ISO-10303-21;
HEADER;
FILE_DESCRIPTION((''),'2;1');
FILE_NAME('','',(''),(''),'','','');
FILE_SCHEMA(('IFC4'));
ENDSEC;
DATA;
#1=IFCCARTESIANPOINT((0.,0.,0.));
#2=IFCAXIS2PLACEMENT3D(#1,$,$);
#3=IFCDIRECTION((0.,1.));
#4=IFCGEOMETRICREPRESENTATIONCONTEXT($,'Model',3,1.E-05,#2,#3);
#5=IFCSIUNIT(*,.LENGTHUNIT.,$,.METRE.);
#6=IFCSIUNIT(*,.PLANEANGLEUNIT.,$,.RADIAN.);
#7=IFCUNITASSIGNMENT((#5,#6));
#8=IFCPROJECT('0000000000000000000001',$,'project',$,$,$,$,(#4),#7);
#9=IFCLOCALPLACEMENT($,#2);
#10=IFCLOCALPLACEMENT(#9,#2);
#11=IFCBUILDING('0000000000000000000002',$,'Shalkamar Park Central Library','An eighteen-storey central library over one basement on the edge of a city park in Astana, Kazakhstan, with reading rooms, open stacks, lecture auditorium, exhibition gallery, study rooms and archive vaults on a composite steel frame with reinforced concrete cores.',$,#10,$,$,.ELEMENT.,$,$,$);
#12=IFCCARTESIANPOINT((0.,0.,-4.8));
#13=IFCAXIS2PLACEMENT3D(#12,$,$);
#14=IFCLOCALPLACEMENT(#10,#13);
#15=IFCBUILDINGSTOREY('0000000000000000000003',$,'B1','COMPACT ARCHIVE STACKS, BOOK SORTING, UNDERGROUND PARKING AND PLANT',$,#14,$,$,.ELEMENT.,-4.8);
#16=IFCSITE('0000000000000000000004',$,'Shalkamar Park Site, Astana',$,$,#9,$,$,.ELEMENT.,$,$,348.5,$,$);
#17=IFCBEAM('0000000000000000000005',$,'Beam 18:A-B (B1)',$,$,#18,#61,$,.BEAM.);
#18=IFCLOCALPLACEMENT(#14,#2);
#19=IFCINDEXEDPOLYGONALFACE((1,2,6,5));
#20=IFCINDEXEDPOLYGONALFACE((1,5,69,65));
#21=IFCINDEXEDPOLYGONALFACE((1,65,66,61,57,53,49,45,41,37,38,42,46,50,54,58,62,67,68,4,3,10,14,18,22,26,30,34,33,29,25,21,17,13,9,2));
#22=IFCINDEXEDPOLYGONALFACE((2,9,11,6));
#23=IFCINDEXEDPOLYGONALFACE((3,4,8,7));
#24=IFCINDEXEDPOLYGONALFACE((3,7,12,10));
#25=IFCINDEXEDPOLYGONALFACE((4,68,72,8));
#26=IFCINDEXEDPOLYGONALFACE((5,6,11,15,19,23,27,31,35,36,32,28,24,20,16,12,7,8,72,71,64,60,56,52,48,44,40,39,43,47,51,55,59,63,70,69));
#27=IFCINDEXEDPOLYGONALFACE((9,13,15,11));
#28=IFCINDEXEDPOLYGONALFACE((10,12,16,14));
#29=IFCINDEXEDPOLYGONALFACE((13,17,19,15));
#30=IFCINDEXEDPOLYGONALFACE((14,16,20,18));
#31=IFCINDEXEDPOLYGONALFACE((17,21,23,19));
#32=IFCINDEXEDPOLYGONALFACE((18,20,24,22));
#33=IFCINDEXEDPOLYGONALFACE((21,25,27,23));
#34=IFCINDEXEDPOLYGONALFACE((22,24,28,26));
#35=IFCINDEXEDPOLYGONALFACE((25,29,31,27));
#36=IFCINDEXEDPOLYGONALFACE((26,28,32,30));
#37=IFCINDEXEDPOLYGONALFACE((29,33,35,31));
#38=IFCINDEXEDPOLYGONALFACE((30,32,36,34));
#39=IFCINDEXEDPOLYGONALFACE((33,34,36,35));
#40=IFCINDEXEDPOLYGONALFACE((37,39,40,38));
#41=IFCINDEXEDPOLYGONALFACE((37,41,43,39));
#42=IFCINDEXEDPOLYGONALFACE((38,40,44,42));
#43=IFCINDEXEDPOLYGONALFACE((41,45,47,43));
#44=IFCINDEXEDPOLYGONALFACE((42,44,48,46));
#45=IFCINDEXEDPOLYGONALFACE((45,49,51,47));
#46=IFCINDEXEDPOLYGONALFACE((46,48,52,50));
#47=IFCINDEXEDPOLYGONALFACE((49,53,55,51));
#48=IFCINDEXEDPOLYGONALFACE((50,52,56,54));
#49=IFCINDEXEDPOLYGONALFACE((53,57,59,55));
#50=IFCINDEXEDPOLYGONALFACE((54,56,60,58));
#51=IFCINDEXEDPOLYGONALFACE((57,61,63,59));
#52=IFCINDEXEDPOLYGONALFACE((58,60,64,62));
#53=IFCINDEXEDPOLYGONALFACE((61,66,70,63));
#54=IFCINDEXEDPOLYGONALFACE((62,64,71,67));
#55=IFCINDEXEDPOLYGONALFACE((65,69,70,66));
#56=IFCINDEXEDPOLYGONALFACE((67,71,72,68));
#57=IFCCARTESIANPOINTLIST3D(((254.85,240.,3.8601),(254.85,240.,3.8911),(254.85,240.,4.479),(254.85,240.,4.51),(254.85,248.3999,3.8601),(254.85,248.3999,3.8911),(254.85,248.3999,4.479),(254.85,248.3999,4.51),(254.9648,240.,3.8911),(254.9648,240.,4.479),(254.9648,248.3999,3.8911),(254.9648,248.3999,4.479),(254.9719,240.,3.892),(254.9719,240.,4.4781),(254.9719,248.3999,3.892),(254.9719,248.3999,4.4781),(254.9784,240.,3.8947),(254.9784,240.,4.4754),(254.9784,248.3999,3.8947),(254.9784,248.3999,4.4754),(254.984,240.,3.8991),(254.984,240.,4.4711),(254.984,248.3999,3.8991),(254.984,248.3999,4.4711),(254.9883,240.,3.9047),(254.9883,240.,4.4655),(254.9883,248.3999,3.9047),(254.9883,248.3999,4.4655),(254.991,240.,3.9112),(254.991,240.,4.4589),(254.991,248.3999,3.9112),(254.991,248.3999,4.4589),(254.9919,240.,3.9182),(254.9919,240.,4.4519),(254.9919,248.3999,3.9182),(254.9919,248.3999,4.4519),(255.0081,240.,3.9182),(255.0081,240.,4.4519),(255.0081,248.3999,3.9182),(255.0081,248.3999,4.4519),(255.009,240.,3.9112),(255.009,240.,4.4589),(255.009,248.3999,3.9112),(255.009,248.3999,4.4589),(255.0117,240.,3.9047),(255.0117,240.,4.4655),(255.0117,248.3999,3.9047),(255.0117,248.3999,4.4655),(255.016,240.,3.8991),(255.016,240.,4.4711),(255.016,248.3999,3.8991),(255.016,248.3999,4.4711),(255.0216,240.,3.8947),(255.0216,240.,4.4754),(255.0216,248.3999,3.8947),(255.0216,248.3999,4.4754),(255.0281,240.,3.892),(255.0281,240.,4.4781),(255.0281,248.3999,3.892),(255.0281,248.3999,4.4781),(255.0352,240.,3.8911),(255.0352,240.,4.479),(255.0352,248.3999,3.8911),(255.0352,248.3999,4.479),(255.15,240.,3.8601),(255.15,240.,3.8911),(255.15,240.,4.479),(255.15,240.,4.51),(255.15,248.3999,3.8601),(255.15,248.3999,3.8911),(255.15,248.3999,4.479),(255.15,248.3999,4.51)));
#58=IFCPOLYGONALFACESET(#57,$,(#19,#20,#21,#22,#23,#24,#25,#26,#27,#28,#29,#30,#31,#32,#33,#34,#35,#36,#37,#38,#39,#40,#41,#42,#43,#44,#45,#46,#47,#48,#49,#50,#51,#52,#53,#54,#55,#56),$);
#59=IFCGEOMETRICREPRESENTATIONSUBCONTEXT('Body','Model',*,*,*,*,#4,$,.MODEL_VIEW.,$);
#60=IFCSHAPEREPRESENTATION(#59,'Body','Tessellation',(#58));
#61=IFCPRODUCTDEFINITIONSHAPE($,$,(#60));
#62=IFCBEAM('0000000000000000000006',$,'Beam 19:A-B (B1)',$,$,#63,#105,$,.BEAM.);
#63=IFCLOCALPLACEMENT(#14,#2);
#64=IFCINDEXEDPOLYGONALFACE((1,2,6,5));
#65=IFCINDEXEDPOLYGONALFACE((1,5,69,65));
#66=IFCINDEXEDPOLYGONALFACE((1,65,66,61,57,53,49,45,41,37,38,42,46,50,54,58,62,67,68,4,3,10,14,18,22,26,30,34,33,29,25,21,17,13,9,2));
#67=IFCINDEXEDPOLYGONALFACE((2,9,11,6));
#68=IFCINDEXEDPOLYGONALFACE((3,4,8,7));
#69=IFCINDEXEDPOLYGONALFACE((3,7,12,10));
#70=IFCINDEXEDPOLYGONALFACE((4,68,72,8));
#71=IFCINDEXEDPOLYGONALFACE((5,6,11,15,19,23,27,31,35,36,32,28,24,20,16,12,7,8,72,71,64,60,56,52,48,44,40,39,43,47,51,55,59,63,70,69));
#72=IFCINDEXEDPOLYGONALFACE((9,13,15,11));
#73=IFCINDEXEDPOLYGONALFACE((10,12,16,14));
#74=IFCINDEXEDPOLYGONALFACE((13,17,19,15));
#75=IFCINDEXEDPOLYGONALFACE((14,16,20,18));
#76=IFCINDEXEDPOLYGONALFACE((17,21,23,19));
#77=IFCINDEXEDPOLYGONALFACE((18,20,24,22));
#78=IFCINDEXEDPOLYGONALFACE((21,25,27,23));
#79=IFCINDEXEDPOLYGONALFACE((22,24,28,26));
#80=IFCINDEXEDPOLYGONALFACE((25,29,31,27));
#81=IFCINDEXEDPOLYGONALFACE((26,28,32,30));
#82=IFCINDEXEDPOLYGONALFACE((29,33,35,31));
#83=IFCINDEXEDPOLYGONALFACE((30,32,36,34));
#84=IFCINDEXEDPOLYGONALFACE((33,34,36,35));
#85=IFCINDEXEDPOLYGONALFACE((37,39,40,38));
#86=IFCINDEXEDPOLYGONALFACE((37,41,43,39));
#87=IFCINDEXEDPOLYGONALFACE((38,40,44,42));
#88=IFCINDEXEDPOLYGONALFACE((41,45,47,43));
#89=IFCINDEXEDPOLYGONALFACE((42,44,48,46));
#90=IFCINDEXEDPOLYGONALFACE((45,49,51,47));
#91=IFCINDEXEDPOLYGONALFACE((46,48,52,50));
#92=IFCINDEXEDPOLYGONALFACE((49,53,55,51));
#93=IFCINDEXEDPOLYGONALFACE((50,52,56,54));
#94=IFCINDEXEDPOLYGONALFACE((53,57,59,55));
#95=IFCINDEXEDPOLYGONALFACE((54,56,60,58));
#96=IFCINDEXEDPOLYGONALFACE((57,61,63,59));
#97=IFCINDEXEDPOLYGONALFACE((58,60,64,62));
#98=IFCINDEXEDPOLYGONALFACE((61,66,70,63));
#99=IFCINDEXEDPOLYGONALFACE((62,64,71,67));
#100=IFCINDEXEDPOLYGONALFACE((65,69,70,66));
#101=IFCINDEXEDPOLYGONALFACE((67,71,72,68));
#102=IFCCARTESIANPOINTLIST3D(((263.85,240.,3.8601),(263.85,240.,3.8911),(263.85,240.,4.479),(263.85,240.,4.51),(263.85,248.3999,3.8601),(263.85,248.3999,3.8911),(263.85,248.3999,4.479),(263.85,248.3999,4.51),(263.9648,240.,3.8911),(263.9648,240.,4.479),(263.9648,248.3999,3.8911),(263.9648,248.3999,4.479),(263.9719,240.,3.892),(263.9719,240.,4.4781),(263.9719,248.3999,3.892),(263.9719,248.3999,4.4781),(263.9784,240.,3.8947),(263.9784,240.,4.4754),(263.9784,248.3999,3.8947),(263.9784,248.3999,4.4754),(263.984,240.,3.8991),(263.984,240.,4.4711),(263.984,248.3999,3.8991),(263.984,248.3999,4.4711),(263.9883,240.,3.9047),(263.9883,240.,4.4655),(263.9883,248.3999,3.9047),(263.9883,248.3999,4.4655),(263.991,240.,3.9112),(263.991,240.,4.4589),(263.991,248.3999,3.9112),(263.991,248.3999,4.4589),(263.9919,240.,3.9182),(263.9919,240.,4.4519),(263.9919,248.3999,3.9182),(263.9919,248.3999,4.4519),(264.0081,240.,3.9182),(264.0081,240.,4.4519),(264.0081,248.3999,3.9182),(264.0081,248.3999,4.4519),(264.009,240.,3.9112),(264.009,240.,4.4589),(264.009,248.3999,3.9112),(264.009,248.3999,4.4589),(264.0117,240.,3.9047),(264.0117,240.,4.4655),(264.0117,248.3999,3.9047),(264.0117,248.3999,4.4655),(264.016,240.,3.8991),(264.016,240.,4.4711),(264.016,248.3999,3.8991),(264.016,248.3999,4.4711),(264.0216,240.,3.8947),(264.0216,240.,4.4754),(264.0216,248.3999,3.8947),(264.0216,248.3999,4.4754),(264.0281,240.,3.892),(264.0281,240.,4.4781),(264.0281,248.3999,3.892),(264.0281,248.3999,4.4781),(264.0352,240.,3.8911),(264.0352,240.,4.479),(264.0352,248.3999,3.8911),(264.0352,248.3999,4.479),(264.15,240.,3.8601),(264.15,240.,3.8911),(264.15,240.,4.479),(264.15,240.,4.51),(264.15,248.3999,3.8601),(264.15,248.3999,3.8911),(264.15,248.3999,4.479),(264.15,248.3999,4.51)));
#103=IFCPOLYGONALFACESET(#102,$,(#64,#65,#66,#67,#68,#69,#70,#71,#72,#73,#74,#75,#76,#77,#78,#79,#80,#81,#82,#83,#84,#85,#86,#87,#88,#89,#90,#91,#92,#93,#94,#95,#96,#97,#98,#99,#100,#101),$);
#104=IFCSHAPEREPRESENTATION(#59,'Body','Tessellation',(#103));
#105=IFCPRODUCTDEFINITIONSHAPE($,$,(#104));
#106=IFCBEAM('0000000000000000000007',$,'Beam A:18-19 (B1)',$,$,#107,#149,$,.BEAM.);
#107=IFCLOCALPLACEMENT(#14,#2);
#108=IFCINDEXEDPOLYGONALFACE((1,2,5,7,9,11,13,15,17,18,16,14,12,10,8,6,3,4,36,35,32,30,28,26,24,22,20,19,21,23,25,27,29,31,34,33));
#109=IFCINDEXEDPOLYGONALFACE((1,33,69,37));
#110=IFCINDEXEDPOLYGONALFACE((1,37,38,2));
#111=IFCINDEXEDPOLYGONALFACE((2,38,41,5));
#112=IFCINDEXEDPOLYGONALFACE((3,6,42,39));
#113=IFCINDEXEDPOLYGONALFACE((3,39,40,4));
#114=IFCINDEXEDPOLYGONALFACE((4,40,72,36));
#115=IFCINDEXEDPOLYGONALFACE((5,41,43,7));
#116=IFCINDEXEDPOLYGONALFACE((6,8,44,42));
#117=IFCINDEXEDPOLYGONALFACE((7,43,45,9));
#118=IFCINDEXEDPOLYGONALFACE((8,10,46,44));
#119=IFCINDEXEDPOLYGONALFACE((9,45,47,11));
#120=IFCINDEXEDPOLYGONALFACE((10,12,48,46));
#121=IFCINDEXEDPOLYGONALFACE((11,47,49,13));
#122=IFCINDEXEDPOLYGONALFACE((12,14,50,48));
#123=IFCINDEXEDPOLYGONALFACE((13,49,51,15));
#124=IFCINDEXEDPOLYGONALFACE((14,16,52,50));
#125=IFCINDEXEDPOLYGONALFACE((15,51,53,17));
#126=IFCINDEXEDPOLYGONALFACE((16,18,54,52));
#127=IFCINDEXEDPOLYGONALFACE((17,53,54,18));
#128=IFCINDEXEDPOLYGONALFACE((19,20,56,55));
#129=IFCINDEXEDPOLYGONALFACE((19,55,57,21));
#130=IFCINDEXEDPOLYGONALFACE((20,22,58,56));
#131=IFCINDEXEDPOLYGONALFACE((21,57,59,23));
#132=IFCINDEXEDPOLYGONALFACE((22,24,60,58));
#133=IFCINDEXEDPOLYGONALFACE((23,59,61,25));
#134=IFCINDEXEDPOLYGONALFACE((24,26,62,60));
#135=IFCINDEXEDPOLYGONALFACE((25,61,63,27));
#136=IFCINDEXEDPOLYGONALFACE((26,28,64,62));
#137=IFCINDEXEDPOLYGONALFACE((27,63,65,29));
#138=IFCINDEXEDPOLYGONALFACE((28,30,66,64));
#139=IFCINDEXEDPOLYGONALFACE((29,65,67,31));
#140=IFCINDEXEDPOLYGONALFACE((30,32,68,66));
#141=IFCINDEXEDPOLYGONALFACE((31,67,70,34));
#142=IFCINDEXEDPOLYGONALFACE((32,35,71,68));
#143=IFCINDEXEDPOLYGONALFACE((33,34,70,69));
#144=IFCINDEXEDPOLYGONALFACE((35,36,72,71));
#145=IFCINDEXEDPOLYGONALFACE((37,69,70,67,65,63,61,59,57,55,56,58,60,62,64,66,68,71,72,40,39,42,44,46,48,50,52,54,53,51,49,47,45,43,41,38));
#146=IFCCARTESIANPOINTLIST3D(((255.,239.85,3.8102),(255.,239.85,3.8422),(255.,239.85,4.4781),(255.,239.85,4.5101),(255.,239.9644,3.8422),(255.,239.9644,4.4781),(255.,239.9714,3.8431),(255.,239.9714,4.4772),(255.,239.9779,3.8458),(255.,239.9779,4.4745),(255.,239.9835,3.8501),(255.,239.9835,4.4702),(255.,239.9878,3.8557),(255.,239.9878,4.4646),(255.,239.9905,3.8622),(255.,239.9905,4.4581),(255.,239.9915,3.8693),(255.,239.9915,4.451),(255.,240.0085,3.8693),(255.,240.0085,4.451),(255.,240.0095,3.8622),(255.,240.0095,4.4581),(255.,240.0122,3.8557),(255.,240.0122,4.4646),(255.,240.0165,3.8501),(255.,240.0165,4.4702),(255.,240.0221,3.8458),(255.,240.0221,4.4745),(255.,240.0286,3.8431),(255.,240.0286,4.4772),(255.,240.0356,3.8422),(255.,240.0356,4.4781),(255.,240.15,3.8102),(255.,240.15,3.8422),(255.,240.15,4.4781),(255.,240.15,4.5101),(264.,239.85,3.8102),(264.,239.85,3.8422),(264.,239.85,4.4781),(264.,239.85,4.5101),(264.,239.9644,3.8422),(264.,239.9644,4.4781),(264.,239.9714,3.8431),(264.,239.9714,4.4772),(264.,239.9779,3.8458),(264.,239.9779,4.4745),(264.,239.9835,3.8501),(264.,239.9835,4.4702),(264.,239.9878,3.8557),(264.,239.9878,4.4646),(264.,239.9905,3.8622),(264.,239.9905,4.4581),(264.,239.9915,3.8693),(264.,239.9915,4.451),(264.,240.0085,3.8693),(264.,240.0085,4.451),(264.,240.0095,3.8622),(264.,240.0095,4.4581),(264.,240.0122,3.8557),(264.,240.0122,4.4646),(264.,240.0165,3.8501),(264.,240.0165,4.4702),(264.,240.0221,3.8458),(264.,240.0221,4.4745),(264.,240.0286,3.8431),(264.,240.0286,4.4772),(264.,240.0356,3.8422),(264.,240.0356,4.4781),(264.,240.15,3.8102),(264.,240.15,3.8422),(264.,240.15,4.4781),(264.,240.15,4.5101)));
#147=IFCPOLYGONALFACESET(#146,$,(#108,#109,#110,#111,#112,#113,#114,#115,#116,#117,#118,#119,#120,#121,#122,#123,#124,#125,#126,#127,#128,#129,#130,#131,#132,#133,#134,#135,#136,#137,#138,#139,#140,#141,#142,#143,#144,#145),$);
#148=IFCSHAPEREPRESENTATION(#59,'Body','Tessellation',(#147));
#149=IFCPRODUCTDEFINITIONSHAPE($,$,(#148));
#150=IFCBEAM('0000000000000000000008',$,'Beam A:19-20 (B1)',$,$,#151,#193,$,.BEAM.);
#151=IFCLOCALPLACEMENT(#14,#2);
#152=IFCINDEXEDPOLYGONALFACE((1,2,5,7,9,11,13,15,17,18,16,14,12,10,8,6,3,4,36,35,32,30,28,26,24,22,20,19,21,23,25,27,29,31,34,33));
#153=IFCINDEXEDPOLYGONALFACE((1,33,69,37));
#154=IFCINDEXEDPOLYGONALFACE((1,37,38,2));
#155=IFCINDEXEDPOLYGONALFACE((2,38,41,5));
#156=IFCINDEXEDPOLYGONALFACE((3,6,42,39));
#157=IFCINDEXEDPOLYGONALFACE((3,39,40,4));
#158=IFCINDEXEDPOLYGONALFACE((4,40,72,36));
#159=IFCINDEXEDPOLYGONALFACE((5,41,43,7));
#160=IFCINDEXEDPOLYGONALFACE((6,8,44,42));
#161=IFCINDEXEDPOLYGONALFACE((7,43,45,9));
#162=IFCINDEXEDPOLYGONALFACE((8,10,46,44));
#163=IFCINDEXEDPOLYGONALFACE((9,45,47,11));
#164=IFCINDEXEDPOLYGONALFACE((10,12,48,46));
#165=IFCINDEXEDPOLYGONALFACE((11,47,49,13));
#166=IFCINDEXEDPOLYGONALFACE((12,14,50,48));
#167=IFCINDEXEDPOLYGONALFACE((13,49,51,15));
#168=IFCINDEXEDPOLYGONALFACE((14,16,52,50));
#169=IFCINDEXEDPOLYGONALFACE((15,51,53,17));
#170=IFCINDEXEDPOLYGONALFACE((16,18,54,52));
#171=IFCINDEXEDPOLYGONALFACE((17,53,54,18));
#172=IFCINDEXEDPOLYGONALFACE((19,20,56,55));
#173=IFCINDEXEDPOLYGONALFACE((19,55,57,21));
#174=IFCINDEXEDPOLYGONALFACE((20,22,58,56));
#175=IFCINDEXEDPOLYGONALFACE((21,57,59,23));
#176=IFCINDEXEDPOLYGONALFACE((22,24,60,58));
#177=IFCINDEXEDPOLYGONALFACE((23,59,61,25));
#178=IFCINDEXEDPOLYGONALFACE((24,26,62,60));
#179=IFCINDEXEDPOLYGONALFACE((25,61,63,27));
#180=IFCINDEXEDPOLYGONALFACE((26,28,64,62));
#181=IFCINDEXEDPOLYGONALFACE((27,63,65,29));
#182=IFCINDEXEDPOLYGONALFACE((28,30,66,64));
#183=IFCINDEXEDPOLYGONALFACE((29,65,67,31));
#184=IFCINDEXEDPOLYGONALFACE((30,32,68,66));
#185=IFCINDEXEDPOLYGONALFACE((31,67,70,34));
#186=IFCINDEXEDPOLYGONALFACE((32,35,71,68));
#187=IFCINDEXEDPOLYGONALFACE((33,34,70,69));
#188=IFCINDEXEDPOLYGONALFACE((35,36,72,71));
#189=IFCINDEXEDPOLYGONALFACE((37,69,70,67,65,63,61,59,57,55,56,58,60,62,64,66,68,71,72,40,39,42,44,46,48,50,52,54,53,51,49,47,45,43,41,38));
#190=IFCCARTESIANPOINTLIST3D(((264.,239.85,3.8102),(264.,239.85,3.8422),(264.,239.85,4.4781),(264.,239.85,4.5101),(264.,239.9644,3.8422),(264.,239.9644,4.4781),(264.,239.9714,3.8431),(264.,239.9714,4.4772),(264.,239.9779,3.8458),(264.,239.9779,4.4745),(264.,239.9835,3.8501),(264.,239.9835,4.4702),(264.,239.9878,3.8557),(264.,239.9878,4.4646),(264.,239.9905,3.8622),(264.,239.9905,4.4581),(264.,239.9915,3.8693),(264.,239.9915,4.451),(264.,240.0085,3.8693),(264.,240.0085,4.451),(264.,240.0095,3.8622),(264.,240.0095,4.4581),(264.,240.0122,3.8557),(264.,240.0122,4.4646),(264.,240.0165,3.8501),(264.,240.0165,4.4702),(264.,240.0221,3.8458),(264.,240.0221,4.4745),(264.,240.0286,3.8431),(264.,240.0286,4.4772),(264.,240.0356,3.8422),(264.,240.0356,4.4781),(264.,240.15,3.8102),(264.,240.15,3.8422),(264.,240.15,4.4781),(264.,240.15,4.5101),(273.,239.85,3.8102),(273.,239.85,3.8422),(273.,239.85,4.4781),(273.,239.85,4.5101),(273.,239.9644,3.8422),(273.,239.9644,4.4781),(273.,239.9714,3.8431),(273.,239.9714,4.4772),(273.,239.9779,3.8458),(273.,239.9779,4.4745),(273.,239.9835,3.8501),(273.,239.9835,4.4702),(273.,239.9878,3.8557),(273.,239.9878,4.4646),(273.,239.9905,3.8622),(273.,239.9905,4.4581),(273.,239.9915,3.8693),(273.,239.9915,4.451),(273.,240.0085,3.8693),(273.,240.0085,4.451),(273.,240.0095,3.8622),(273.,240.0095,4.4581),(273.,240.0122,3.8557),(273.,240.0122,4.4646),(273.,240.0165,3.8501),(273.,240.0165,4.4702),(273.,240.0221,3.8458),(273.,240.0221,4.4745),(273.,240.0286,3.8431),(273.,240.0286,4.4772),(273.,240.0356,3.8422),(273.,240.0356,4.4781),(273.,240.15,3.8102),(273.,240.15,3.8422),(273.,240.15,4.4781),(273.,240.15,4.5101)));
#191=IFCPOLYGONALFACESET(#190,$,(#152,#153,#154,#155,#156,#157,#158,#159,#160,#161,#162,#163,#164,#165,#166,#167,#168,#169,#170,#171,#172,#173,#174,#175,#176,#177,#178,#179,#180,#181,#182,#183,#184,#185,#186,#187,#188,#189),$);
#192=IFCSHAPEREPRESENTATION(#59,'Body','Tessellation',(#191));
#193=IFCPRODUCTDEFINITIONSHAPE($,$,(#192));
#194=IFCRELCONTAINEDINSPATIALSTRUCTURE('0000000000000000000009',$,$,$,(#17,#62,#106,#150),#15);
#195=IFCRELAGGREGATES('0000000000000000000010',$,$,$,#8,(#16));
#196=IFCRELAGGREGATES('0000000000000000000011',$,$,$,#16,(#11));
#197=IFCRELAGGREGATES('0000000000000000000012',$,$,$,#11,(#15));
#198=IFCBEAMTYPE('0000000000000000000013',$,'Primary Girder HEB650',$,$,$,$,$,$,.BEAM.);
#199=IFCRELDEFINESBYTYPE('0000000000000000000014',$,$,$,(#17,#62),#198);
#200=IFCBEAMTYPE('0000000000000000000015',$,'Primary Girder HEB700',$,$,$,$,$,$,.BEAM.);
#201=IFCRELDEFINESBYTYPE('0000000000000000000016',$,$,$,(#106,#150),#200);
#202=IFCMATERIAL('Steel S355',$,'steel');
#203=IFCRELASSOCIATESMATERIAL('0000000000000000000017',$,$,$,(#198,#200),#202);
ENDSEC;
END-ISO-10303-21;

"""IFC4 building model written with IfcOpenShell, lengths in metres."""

from ifc_helpers import new_model, si_unit, direction, frame, origin, origin_2d, place, context, subcontext, project, spatial, i_section, extrude, material, material_profile, profile_set, type_object, element, save


model = new_model("IFC4")

# Units and contexts
model_context = context("Model", 3, precision=1e-05, world=origin(), true_north=direction((0.0, 1.0)))
body_context = subcontext(model_context, "Body", "Model", "MODEL_VIEW")
ifc_project = project(units=[si_unit("LENGTHUNIT", "METRE"), si_unit("PLANEANGLEUNIT", "RADIAN")], contexts=[model_context])

# Site, building, storey
site_placement = place(None, origin())
site = spatial("IfcSite", under=ifc_project, at=site_placement, Name="Shalkamar Park Site, Astana", CompositionType="ELEMENT", RefElevation=348.5)
building_placement = place(site_placement, origin())
building = spatial("IfcBuilding", under=site, at=building_placement, Name="Shalkamar Park Central Library", Description="An eighteen-storey central library over one basement on the edge of a city park in Astana, Kazakhstan, with reading rooms, open stacks, lecture auditorium, exhibition gallery, study rooms and archive vaults on a composite steel frame with reinforced concrete cores.", CompositionType="ELEMENT")
storey_placement = place(building_placement, frame((0.0, 0.0, -4.8)))
storey = spatial("IfcBuildingStorey", under=building, at=storey_placement, Name="B1", Description="COMPACT ARCHIVE STACKS, BOOK SORTING, UNDERGROUND PARKING AND PLANT", CompositionType="ELEMENT", Elevation=-4.8)

# Beams
ifc_material_1 = material(Name="Steel S355", Category="steel")
ifc_material_profile_1 = material_profile(ifc_material_1, i_section(OverallWidth=0.3, OverallDepth=0.6499, WebThickness=0.0161, FlangeThickness=0.031, FilletRadius=0.0271, at=origin_2d()), Name="HEB 650")
ifc_profile_set_1 = profile_set([ifc_material_profile_1], Name="Steel S355")
beam_type_1 = type_object("IfcBeamType", Name="Primary Girder HEB650", PredefinedType="BEAM", material=ifc_profile_set_1)
for number, where, z_axis, x_axis, name in (
    (1, (255.0, 240.0, 4.1851), (0.0, 1.0, 0.0), (-1.0, 0.0, 0.0), "Beam 18:A-B (B1)"),
    (2, (264.0, 240.0, 4.1851), (0.0, 1.0, 0.0), (-1.0, 0.0, 0.0), "Beam 19:A-B (B1)"),
):
    element("IfcBeam", number, at=place(storey_placement, frame(where, z_axis=z_axis, x_axis=x_axis)), inside=storey, type_object=beam_type_1, Name=name, PredefinedType="BEAM", context=body_context, shape_type="SweptSolid", body=[
        extrude(i_section(OverallWidth=0.3, OverallDepth=0.6499, WebThickness=0.0161, FlangeThickness=0.031, FilletRadius=0.0271, at=origin_2d()), origin(), (0.0, 0.0, 1.0), 8.3999),
    ])
ifc_material_profile_2 = material_profile(ifc_material_1, i_section(OverallWidth=0.3, OverallDepth=0.7, WebThickness=0.0171, FlangeThickness=0.032, FilletRadius=0.0271, at=origin_2d()), Name="HEB 700")
ifc_profile_set_2 = profile_set([ifc_material_profile_2], Name="Steel S355")
beam_type_2 = type_object("IfcBeamType", Name="Primary Girder HEB700", PredefinedType="BEAM", material=ifc_profile_set_2)
for number, where, z_axis, x_axis, name in (
    (3, (255.0, 240.0, 4.1602), (1.0, 0.0, 0.0), (0.0, 1.0, 0.0), "Beam A:18-19 (B1)"),
    (4, (264.0, 240.0, 4.1602), (1.0, 0.0, 0.0), (0.0, 1.0, 0.0), "Beam A:19-20 (B1)"),
):
    element("IfcBeam", number, at=place(storey_placement, frame(where, z_axis=z_axis, x_axis=x_axis)), inside=storey, type_object=beam_type_2, Name=name, PredefinedType="BEAM", context=body_context, shape_type="SweptSolid", body=[
        extrude(i_section(OverallWidth=0.3, OverallDepth=0.7, WebThickness=0.0171, FlangeThickness=0.032, FilletRadius=0.0271, at=origin_2d()), origin(), (0.0, 0.0, 1.0), 9.0),
    ])

save(model, "model.ifc")
